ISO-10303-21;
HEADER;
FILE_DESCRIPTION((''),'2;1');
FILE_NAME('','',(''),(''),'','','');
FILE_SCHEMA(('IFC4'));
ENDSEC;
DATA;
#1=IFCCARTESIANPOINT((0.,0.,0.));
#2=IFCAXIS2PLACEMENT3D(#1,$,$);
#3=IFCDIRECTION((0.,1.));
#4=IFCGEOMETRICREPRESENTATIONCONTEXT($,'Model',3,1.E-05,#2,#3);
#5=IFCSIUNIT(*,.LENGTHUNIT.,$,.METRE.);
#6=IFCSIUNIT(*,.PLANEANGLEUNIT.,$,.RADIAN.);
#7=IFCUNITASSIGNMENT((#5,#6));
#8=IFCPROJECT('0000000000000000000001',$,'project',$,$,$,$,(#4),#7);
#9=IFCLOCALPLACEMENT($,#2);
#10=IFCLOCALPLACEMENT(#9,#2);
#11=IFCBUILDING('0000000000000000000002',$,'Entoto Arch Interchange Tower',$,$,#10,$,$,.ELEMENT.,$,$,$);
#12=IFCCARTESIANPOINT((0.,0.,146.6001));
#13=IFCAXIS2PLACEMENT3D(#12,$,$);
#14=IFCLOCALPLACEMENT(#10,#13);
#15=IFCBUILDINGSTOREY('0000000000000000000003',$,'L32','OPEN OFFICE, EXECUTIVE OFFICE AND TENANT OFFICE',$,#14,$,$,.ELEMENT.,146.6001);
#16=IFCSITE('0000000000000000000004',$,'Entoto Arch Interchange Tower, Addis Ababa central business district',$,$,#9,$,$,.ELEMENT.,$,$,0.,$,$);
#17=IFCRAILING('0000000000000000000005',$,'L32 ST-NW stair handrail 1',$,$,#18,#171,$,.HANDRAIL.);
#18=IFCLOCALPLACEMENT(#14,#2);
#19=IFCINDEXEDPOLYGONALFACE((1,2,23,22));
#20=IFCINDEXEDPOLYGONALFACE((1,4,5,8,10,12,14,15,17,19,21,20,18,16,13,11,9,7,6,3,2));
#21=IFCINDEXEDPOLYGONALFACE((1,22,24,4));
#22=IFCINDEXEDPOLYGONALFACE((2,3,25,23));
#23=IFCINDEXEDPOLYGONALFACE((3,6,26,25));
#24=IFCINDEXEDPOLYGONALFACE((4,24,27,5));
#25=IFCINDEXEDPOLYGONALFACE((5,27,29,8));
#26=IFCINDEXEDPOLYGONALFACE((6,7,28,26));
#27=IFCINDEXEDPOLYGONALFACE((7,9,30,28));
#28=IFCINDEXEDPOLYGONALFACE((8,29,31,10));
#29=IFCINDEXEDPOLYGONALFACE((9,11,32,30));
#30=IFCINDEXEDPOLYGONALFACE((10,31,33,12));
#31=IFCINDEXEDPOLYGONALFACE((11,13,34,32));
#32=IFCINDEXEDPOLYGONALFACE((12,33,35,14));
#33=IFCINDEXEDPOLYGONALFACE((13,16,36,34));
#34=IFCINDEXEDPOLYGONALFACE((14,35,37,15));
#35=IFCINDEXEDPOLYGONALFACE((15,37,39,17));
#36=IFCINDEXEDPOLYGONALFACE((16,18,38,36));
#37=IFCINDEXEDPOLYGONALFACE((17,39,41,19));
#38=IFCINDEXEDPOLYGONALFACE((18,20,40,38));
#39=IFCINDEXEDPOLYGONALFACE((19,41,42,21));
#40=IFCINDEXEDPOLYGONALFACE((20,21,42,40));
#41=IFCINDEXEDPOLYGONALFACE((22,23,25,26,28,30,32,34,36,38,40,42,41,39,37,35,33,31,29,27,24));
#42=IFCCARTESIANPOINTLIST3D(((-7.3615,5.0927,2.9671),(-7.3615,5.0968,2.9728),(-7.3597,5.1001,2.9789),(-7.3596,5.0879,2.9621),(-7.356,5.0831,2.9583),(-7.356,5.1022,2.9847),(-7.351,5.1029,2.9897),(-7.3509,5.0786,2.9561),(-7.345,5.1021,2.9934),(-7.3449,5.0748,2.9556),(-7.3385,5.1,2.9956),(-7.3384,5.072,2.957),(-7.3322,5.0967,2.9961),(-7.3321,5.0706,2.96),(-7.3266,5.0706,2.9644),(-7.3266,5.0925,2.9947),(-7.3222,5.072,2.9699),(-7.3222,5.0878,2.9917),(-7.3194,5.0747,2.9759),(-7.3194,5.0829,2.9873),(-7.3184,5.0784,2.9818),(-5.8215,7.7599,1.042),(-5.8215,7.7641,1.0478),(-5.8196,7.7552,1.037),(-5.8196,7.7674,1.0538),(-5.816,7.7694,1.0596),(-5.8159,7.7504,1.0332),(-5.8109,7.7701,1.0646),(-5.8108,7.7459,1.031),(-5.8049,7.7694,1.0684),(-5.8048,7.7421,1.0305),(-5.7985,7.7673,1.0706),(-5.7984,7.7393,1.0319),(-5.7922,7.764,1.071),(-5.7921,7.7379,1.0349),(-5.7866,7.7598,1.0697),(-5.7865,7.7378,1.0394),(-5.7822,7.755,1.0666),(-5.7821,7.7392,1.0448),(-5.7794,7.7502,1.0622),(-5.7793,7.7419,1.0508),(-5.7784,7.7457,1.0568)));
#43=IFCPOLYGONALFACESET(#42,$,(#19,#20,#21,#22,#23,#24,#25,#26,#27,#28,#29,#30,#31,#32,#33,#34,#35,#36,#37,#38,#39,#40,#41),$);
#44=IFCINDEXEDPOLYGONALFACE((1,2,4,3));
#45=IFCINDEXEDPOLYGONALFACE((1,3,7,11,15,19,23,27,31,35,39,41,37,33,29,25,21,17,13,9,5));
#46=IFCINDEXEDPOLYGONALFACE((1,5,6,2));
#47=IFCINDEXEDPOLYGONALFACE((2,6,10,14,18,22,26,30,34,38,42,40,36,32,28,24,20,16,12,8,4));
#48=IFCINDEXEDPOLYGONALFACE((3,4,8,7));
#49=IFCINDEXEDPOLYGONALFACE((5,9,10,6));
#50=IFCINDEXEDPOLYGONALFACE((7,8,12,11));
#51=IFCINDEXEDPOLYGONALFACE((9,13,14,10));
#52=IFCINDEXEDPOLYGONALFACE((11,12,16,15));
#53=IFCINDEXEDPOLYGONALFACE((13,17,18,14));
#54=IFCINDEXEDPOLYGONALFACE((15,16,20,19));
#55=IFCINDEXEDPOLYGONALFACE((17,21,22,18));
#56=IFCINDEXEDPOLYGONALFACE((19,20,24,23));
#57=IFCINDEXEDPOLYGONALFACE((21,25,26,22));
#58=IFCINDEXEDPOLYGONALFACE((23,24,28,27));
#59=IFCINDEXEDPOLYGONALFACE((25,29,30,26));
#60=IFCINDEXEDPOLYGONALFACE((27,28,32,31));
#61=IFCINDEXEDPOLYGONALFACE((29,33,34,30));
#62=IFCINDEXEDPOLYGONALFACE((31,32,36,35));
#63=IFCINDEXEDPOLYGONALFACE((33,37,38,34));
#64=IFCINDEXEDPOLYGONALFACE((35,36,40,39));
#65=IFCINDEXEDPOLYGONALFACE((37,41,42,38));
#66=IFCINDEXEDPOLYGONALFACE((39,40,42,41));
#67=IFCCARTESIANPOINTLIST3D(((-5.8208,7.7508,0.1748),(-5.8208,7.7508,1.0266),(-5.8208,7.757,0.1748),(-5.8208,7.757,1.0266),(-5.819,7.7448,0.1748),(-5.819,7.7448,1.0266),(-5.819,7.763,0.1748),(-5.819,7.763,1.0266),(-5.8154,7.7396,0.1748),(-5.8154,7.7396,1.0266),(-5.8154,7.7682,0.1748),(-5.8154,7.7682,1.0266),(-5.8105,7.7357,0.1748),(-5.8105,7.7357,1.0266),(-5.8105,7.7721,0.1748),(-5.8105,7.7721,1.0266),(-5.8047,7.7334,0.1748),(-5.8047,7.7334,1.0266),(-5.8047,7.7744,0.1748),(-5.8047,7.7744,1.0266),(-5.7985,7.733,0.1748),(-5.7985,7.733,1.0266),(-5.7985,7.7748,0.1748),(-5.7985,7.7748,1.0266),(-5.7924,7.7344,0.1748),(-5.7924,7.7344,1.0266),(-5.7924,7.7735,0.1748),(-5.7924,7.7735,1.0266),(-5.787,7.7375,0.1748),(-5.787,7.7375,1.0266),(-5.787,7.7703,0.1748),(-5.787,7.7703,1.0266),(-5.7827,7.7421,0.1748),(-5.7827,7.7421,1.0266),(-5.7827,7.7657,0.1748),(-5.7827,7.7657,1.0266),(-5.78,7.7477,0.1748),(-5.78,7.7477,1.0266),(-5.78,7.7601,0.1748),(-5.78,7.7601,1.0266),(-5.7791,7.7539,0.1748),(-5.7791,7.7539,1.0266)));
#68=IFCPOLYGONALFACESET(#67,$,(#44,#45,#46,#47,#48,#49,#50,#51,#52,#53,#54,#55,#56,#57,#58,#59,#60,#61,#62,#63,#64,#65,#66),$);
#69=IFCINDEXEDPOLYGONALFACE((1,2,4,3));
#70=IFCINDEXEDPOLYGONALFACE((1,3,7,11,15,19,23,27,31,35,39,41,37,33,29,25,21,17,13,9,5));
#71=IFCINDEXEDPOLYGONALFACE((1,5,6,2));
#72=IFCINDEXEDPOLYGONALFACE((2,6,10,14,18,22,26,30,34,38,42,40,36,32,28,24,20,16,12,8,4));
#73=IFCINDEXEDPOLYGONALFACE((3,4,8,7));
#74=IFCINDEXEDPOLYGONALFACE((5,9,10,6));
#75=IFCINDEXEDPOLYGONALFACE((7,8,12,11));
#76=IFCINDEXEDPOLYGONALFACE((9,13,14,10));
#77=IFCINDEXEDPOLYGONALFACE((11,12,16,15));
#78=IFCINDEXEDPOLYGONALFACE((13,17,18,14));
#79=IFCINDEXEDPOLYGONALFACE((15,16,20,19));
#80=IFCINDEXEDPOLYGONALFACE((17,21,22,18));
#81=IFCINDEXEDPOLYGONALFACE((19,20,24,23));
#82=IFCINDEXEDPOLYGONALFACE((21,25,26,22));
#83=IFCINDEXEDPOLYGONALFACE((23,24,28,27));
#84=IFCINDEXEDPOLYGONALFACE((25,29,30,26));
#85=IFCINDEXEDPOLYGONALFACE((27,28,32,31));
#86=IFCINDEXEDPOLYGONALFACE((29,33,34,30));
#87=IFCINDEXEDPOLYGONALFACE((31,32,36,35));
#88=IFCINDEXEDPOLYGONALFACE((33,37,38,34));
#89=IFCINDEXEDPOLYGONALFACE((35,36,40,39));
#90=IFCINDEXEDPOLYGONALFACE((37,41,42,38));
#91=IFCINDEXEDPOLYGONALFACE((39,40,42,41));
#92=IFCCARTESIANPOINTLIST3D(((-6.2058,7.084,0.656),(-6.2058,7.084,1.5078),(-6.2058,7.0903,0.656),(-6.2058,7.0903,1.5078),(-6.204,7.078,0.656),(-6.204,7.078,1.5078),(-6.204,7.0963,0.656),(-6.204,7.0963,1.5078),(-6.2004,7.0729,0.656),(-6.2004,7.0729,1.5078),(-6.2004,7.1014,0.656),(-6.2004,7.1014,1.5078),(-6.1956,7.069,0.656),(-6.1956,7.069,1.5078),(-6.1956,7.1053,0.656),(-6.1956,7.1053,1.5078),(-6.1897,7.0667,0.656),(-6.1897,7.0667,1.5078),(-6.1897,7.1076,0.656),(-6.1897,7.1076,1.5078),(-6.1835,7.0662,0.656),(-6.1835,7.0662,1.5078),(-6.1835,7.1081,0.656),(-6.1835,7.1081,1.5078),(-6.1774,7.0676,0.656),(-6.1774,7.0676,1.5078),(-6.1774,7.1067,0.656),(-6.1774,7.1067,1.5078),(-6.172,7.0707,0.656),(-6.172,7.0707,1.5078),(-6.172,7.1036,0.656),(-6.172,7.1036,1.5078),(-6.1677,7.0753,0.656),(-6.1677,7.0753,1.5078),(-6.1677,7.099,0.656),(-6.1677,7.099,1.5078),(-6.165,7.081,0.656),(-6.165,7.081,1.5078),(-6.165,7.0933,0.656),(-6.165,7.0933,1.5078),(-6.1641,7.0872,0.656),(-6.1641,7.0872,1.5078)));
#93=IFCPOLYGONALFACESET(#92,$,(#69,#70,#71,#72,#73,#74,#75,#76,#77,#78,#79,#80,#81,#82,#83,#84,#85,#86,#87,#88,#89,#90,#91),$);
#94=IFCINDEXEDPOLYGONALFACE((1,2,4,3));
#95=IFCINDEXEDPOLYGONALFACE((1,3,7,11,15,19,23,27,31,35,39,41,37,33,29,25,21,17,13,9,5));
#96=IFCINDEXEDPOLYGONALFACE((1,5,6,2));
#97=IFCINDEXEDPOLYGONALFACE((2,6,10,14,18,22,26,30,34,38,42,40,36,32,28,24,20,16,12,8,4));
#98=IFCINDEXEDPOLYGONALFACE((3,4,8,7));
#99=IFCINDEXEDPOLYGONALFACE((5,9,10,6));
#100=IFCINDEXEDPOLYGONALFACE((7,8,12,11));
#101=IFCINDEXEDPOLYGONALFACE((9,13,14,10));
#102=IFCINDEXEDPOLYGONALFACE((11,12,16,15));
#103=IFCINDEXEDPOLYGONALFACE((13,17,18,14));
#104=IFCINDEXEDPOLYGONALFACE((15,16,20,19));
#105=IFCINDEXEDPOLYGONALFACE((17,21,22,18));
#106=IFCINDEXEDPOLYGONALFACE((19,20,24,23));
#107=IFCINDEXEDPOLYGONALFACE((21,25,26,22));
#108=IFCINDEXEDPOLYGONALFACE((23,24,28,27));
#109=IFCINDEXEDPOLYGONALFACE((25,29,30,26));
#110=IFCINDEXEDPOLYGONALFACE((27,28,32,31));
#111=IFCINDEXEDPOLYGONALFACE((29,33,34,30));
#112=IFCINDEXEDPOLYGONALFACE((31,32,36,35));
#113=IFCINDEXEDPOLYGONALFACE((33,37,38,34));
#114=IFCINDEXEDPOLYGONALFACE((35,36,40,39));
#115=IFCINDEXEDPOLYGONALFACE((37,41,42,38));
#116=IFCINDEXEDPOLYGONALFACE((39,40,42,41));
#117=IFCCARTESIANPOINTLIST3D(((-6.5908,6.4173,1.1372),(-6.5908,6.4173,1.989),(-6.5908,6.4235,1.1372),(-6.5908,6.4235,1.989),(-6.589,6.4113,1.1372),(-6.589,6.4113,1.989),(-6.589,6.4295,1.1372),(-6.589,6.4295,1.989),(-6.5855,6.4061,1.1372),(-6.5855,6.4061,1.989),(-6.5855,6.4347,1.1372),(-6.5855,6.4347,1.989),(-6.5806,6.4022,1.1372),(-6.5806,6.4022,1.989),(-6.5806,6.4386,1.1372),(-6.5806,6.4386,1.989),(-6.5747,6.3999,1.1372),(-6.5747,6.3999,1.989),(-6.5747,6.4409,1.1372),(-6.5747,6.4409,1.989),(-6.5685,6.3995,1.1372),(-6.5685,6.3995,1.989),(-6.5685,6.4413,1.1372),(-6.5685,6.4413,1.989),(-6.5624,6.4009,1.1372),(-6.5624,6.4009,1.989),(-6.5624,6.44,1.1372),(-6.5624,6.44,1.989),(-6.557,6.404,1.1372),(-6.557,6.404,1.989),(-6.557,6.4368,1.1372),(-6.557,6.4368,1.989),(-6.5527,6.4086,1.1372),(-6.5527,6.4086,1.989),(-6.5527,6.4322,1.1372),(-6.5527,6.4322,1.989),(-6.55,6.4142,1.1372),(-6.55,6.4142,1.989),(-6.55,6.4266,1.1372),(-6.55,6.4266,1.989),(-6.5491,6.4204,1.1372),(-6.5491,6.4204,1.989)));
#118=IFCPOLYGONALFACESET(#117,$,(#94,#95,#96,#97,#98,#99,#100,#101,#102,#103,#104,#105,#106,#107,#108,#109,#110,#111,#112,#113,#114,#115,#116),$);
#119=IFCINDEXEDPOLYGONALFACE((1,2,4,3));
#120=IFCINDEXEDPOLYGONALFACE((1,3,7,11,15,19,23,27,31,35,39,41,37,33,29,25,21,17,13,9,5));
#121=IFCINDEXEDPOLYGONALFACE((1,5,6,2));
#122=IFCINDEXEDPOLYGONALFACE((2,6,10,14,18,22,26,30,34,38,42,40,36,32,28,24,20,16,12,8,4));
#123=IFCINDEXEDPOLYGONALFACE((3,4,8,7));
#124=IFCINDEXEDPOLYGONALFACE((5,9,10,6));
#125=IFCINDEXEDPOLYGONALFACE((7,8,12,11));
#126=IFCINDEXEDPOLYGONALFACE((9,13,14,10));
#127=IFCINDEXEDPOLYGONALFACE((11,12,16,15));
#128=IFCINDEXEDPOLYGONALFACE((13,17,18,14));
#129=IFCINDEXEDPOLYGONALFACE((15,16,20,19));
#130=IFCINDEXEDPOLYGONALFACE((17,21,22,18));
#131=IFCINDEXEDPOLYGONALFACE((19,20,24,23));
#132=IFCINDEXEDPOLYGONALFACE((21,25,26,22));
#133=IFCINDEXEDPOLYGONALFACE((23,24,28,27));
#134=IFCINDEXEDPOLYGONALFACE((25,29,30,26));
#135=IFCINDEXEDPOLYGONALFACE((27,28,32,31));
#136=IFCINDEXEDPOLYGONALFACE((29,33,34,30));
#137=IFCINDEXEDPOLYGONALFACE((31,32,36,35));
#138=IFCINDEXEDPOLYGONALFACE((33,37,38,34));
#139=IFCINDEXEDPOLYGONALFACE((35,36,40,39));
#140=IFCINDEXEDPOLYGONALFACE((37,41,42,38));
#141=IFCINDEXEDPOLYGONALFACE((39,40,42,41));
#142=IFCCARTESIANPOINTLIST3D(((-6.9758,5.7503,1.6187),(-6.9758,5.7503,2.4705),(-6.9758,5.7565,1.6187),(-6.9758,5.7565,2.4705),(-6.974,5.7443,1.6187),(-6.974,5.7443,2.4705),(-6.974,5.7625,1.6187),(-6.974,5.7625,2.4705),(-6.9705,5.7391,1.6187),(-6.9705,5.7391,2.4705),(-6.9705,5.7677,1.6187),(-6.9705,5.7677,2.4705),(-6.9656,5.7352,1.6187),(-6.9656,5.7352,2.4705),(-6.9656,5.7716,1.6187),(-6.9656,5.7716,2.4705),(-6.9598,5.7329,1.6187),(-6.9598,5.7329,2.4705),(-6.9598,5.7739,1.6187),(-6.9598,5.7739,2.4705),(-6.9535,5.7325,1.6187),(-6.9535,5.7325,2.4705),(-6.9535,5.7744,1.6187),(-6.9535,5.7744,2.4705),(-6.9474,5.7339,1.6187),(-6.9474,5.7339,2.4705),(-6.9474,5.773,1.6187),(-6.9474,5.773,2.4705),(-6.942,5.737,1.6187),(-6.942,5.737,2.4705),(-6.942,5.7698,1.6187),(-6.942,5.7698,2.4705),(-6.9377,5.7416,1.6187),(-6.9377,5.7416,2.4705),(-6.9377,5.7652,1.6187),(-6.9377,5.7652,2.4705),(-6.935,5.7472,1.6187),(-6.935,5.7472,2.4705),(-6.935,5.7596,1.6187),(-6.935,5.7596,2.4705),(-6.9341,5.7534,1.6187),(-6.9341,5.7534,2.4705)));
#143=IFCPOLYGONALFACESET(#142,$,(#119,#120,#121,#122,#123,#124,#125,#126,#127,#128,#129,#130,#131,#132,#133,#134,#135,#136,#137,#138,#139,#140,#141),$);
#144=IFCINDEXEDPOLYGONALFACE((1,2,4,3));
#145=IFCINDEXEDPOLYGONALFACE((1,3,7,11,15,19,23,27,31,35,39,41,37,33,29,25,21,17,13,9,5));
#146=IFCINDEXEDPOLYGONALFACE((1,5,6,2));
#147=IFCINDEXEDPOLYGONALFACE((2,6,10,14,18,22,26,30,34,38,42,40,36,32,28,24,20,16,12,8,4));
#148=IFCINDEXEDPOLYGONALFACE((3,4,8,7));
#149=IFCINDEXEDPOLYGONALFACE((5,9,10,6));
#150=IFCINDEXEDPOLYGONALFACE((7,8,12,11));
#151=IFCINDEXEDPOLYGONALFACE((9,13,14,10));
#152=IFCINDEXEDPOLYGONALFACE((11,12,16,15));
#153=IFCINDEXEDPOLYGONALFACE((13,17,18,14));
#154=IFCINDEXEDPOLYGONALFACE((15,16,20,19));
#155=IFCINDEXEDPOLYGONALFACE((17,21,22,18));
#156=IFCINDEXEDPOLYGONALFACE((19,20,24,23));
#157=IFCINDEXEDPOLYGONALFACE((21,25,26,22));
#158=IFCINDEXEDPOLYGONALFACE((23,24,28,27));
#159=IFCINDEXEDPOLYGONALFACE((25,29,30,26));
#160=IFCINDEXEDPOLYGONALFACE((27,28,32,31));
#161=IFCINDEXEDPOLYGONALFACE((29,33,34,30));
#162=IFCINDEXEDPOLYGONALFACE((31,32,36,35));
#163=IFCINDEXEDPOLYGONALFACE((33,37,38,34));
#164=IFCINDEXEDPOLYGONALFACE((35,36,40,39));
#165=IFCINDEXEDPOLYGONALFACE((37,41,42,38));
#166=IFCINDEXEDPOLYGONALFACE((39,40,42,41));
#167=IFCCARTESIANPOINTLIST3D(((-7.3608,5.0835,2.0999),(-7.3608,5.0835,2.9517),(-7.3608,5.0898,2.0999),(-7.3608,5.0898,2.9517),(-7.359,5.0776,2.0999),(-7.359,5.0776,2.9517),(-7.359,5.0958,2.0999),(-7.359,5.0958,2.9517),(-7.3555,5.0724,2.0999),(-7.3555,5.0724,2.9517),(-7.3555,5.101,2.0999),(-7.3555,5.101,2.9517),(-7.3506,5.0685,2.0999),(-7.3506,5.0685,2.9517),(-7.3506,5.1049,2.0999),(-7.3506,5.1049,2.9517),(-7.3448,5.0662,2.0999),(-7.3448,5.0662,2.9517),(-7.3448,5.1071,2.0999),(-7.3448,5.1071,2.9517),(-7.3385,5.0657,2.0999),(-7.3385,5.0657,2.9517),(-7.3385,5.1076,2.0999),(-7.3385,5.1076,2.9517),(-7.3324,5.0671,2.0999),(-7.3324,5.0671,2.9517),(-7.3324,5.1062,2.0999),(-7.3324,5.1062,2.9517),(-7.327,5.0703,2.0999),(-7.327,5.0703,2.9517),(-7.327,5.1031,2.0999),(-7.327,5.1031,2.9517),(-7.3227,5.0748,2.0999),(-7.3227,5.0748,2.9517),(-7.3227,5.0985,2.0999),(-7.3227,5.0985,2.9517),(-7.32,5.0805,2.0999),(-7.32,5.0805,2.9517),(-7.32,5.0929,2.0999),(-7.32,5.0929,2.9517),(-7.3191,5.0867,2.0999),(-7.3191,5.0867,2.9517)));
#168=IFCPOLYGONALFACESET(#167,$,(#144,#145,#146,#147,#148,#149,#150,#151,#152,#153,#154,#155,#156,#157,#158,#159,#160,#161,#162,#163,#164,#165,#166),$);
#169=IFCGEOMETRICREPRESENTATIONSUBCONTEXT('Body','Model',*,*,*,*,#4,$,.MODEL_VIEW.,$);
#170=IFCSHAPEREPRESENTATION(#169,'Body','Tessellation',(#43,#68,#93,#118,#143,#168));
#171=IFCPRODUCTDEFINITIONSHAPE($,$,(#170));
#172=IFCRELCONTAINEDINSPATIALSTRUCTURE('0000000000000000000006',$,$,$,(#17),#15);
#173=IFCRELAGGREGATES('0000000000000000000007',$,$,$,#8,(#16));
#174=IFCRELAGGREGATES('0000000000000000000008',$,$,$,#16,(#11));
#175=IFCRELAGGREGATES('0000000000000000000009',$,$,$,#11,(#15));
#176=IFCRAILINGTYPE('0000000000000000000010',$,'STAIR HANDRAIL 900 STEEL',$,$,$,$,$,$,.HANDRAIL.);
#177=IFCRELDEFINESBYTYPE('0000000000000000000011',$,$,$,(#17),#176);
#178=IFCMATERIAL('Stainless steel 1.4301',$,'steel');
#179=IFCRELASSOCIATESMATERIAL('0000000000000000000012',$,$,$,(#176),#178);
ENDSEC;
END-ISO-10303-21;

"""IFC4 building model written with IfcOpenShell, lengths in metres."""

from ifc_helpers import new_model, si_unit, direction, frame, origin, origin_2d, place, context, subcontext, project, spatial, circle, extrude, material, type_object, element, save


model = new_model("IFC4")

# Units and contexts
model_context = context("Model", 3, precision=1e-05, world=origin(), true_north=direction((0.0, 1.0)))
body_context = subcontext(model_context, "Body", "Model", "MODEL_VIEW")
ifc_project = project(units=[si_unit("LENGTHUNIT", "METRE"), si_unit("PLANEANGLEUNIT", "RADIAN")], contexts=[model_context])

# Site, building, storey
site_placement = place(None, origin())
site = spatial("IfcSite", under=ifc_project, at=site_placement, Name="Entoto Arch Interchange Tower, Addis Ababa central business district", CompositionType="ELEMENT", RefElevation=0.0)
building_placement = place(site_placement, origin())
building = spatial("IfcBuilding", under=site, at=building_placement, Name="Entoto Arch Interchange Tower", CompositionType="ELEMENT")
storey_placement = place(building_placement, frame((0.0, 0.0, 146.6001)))
storey = spatial("IfcBuildingStorey", under=building, at=storey_placement, Name="L32", Description="OPEN OFFICE, EXECUTIVE OFFICE AND TENANT OFFICE", CompositionType="ELEMENT", Elevation=146.6001)

# Railing
ifc_material_1 = material(Name="Stainless steel 1.4301", Category="steel")
railing_type_1 = type_object("IfcRailingType", Name="STAIR HANDRAIL 900 STEEL", PredefinedType="HANDRAIL", material=ifc_material_1)
railing_1_placement = place(storey_placement, frame((-5.8, 7.7539, 0.1748)))
element("IfcRailing", 1, at=railing_1_placement, inside=storey, type_object=railing_type_1, Name="L32 ST-NW stair handrail 1", PredefinedType="HANDRAIL", context=body_context, shape_type="SweptSolid", body=[
    extrude(circle(Radius=0.0239, at=origin_2d()), frame((0.0, 0.0, 0.876), z_axis=(-0.424015, -0.734364, 0.530019), x_axis=(0.86601, -0.500027, 0.0)), (0.0, 0.0, 1.0), 3.6321),
    extrude(circle(Radius=0.021, at=origin_2d()), origin(), (0.0, 0.0, 1.0), 0.8518),
    extrude(circle(Radius=0.021, at=origin_2d()), frame((-0.385, -0.6667, 0.4812)), (0.0, 0.0, 1.0), 0.8518),
    extrude(circle(Radius=0.021, at=origin_2d()), frame((-0.77, -1.3335, 0.9624)), (0.0, 0.0, 1.0), 0.8518),
    extrude(circle(Radius=0.021, at=origin_2d()), frame((-1.155, -2.0005, 1.4438)), (0.0, 0.0, 1.0), 0.8518),
    extrude(circle(Radius=0.021, at=origin_2d()), frame((-1.54, -2.6672, 1.925)), (0.0, 0.0, 1.0), 0.8518),
])

save(model, "model.ifc")
